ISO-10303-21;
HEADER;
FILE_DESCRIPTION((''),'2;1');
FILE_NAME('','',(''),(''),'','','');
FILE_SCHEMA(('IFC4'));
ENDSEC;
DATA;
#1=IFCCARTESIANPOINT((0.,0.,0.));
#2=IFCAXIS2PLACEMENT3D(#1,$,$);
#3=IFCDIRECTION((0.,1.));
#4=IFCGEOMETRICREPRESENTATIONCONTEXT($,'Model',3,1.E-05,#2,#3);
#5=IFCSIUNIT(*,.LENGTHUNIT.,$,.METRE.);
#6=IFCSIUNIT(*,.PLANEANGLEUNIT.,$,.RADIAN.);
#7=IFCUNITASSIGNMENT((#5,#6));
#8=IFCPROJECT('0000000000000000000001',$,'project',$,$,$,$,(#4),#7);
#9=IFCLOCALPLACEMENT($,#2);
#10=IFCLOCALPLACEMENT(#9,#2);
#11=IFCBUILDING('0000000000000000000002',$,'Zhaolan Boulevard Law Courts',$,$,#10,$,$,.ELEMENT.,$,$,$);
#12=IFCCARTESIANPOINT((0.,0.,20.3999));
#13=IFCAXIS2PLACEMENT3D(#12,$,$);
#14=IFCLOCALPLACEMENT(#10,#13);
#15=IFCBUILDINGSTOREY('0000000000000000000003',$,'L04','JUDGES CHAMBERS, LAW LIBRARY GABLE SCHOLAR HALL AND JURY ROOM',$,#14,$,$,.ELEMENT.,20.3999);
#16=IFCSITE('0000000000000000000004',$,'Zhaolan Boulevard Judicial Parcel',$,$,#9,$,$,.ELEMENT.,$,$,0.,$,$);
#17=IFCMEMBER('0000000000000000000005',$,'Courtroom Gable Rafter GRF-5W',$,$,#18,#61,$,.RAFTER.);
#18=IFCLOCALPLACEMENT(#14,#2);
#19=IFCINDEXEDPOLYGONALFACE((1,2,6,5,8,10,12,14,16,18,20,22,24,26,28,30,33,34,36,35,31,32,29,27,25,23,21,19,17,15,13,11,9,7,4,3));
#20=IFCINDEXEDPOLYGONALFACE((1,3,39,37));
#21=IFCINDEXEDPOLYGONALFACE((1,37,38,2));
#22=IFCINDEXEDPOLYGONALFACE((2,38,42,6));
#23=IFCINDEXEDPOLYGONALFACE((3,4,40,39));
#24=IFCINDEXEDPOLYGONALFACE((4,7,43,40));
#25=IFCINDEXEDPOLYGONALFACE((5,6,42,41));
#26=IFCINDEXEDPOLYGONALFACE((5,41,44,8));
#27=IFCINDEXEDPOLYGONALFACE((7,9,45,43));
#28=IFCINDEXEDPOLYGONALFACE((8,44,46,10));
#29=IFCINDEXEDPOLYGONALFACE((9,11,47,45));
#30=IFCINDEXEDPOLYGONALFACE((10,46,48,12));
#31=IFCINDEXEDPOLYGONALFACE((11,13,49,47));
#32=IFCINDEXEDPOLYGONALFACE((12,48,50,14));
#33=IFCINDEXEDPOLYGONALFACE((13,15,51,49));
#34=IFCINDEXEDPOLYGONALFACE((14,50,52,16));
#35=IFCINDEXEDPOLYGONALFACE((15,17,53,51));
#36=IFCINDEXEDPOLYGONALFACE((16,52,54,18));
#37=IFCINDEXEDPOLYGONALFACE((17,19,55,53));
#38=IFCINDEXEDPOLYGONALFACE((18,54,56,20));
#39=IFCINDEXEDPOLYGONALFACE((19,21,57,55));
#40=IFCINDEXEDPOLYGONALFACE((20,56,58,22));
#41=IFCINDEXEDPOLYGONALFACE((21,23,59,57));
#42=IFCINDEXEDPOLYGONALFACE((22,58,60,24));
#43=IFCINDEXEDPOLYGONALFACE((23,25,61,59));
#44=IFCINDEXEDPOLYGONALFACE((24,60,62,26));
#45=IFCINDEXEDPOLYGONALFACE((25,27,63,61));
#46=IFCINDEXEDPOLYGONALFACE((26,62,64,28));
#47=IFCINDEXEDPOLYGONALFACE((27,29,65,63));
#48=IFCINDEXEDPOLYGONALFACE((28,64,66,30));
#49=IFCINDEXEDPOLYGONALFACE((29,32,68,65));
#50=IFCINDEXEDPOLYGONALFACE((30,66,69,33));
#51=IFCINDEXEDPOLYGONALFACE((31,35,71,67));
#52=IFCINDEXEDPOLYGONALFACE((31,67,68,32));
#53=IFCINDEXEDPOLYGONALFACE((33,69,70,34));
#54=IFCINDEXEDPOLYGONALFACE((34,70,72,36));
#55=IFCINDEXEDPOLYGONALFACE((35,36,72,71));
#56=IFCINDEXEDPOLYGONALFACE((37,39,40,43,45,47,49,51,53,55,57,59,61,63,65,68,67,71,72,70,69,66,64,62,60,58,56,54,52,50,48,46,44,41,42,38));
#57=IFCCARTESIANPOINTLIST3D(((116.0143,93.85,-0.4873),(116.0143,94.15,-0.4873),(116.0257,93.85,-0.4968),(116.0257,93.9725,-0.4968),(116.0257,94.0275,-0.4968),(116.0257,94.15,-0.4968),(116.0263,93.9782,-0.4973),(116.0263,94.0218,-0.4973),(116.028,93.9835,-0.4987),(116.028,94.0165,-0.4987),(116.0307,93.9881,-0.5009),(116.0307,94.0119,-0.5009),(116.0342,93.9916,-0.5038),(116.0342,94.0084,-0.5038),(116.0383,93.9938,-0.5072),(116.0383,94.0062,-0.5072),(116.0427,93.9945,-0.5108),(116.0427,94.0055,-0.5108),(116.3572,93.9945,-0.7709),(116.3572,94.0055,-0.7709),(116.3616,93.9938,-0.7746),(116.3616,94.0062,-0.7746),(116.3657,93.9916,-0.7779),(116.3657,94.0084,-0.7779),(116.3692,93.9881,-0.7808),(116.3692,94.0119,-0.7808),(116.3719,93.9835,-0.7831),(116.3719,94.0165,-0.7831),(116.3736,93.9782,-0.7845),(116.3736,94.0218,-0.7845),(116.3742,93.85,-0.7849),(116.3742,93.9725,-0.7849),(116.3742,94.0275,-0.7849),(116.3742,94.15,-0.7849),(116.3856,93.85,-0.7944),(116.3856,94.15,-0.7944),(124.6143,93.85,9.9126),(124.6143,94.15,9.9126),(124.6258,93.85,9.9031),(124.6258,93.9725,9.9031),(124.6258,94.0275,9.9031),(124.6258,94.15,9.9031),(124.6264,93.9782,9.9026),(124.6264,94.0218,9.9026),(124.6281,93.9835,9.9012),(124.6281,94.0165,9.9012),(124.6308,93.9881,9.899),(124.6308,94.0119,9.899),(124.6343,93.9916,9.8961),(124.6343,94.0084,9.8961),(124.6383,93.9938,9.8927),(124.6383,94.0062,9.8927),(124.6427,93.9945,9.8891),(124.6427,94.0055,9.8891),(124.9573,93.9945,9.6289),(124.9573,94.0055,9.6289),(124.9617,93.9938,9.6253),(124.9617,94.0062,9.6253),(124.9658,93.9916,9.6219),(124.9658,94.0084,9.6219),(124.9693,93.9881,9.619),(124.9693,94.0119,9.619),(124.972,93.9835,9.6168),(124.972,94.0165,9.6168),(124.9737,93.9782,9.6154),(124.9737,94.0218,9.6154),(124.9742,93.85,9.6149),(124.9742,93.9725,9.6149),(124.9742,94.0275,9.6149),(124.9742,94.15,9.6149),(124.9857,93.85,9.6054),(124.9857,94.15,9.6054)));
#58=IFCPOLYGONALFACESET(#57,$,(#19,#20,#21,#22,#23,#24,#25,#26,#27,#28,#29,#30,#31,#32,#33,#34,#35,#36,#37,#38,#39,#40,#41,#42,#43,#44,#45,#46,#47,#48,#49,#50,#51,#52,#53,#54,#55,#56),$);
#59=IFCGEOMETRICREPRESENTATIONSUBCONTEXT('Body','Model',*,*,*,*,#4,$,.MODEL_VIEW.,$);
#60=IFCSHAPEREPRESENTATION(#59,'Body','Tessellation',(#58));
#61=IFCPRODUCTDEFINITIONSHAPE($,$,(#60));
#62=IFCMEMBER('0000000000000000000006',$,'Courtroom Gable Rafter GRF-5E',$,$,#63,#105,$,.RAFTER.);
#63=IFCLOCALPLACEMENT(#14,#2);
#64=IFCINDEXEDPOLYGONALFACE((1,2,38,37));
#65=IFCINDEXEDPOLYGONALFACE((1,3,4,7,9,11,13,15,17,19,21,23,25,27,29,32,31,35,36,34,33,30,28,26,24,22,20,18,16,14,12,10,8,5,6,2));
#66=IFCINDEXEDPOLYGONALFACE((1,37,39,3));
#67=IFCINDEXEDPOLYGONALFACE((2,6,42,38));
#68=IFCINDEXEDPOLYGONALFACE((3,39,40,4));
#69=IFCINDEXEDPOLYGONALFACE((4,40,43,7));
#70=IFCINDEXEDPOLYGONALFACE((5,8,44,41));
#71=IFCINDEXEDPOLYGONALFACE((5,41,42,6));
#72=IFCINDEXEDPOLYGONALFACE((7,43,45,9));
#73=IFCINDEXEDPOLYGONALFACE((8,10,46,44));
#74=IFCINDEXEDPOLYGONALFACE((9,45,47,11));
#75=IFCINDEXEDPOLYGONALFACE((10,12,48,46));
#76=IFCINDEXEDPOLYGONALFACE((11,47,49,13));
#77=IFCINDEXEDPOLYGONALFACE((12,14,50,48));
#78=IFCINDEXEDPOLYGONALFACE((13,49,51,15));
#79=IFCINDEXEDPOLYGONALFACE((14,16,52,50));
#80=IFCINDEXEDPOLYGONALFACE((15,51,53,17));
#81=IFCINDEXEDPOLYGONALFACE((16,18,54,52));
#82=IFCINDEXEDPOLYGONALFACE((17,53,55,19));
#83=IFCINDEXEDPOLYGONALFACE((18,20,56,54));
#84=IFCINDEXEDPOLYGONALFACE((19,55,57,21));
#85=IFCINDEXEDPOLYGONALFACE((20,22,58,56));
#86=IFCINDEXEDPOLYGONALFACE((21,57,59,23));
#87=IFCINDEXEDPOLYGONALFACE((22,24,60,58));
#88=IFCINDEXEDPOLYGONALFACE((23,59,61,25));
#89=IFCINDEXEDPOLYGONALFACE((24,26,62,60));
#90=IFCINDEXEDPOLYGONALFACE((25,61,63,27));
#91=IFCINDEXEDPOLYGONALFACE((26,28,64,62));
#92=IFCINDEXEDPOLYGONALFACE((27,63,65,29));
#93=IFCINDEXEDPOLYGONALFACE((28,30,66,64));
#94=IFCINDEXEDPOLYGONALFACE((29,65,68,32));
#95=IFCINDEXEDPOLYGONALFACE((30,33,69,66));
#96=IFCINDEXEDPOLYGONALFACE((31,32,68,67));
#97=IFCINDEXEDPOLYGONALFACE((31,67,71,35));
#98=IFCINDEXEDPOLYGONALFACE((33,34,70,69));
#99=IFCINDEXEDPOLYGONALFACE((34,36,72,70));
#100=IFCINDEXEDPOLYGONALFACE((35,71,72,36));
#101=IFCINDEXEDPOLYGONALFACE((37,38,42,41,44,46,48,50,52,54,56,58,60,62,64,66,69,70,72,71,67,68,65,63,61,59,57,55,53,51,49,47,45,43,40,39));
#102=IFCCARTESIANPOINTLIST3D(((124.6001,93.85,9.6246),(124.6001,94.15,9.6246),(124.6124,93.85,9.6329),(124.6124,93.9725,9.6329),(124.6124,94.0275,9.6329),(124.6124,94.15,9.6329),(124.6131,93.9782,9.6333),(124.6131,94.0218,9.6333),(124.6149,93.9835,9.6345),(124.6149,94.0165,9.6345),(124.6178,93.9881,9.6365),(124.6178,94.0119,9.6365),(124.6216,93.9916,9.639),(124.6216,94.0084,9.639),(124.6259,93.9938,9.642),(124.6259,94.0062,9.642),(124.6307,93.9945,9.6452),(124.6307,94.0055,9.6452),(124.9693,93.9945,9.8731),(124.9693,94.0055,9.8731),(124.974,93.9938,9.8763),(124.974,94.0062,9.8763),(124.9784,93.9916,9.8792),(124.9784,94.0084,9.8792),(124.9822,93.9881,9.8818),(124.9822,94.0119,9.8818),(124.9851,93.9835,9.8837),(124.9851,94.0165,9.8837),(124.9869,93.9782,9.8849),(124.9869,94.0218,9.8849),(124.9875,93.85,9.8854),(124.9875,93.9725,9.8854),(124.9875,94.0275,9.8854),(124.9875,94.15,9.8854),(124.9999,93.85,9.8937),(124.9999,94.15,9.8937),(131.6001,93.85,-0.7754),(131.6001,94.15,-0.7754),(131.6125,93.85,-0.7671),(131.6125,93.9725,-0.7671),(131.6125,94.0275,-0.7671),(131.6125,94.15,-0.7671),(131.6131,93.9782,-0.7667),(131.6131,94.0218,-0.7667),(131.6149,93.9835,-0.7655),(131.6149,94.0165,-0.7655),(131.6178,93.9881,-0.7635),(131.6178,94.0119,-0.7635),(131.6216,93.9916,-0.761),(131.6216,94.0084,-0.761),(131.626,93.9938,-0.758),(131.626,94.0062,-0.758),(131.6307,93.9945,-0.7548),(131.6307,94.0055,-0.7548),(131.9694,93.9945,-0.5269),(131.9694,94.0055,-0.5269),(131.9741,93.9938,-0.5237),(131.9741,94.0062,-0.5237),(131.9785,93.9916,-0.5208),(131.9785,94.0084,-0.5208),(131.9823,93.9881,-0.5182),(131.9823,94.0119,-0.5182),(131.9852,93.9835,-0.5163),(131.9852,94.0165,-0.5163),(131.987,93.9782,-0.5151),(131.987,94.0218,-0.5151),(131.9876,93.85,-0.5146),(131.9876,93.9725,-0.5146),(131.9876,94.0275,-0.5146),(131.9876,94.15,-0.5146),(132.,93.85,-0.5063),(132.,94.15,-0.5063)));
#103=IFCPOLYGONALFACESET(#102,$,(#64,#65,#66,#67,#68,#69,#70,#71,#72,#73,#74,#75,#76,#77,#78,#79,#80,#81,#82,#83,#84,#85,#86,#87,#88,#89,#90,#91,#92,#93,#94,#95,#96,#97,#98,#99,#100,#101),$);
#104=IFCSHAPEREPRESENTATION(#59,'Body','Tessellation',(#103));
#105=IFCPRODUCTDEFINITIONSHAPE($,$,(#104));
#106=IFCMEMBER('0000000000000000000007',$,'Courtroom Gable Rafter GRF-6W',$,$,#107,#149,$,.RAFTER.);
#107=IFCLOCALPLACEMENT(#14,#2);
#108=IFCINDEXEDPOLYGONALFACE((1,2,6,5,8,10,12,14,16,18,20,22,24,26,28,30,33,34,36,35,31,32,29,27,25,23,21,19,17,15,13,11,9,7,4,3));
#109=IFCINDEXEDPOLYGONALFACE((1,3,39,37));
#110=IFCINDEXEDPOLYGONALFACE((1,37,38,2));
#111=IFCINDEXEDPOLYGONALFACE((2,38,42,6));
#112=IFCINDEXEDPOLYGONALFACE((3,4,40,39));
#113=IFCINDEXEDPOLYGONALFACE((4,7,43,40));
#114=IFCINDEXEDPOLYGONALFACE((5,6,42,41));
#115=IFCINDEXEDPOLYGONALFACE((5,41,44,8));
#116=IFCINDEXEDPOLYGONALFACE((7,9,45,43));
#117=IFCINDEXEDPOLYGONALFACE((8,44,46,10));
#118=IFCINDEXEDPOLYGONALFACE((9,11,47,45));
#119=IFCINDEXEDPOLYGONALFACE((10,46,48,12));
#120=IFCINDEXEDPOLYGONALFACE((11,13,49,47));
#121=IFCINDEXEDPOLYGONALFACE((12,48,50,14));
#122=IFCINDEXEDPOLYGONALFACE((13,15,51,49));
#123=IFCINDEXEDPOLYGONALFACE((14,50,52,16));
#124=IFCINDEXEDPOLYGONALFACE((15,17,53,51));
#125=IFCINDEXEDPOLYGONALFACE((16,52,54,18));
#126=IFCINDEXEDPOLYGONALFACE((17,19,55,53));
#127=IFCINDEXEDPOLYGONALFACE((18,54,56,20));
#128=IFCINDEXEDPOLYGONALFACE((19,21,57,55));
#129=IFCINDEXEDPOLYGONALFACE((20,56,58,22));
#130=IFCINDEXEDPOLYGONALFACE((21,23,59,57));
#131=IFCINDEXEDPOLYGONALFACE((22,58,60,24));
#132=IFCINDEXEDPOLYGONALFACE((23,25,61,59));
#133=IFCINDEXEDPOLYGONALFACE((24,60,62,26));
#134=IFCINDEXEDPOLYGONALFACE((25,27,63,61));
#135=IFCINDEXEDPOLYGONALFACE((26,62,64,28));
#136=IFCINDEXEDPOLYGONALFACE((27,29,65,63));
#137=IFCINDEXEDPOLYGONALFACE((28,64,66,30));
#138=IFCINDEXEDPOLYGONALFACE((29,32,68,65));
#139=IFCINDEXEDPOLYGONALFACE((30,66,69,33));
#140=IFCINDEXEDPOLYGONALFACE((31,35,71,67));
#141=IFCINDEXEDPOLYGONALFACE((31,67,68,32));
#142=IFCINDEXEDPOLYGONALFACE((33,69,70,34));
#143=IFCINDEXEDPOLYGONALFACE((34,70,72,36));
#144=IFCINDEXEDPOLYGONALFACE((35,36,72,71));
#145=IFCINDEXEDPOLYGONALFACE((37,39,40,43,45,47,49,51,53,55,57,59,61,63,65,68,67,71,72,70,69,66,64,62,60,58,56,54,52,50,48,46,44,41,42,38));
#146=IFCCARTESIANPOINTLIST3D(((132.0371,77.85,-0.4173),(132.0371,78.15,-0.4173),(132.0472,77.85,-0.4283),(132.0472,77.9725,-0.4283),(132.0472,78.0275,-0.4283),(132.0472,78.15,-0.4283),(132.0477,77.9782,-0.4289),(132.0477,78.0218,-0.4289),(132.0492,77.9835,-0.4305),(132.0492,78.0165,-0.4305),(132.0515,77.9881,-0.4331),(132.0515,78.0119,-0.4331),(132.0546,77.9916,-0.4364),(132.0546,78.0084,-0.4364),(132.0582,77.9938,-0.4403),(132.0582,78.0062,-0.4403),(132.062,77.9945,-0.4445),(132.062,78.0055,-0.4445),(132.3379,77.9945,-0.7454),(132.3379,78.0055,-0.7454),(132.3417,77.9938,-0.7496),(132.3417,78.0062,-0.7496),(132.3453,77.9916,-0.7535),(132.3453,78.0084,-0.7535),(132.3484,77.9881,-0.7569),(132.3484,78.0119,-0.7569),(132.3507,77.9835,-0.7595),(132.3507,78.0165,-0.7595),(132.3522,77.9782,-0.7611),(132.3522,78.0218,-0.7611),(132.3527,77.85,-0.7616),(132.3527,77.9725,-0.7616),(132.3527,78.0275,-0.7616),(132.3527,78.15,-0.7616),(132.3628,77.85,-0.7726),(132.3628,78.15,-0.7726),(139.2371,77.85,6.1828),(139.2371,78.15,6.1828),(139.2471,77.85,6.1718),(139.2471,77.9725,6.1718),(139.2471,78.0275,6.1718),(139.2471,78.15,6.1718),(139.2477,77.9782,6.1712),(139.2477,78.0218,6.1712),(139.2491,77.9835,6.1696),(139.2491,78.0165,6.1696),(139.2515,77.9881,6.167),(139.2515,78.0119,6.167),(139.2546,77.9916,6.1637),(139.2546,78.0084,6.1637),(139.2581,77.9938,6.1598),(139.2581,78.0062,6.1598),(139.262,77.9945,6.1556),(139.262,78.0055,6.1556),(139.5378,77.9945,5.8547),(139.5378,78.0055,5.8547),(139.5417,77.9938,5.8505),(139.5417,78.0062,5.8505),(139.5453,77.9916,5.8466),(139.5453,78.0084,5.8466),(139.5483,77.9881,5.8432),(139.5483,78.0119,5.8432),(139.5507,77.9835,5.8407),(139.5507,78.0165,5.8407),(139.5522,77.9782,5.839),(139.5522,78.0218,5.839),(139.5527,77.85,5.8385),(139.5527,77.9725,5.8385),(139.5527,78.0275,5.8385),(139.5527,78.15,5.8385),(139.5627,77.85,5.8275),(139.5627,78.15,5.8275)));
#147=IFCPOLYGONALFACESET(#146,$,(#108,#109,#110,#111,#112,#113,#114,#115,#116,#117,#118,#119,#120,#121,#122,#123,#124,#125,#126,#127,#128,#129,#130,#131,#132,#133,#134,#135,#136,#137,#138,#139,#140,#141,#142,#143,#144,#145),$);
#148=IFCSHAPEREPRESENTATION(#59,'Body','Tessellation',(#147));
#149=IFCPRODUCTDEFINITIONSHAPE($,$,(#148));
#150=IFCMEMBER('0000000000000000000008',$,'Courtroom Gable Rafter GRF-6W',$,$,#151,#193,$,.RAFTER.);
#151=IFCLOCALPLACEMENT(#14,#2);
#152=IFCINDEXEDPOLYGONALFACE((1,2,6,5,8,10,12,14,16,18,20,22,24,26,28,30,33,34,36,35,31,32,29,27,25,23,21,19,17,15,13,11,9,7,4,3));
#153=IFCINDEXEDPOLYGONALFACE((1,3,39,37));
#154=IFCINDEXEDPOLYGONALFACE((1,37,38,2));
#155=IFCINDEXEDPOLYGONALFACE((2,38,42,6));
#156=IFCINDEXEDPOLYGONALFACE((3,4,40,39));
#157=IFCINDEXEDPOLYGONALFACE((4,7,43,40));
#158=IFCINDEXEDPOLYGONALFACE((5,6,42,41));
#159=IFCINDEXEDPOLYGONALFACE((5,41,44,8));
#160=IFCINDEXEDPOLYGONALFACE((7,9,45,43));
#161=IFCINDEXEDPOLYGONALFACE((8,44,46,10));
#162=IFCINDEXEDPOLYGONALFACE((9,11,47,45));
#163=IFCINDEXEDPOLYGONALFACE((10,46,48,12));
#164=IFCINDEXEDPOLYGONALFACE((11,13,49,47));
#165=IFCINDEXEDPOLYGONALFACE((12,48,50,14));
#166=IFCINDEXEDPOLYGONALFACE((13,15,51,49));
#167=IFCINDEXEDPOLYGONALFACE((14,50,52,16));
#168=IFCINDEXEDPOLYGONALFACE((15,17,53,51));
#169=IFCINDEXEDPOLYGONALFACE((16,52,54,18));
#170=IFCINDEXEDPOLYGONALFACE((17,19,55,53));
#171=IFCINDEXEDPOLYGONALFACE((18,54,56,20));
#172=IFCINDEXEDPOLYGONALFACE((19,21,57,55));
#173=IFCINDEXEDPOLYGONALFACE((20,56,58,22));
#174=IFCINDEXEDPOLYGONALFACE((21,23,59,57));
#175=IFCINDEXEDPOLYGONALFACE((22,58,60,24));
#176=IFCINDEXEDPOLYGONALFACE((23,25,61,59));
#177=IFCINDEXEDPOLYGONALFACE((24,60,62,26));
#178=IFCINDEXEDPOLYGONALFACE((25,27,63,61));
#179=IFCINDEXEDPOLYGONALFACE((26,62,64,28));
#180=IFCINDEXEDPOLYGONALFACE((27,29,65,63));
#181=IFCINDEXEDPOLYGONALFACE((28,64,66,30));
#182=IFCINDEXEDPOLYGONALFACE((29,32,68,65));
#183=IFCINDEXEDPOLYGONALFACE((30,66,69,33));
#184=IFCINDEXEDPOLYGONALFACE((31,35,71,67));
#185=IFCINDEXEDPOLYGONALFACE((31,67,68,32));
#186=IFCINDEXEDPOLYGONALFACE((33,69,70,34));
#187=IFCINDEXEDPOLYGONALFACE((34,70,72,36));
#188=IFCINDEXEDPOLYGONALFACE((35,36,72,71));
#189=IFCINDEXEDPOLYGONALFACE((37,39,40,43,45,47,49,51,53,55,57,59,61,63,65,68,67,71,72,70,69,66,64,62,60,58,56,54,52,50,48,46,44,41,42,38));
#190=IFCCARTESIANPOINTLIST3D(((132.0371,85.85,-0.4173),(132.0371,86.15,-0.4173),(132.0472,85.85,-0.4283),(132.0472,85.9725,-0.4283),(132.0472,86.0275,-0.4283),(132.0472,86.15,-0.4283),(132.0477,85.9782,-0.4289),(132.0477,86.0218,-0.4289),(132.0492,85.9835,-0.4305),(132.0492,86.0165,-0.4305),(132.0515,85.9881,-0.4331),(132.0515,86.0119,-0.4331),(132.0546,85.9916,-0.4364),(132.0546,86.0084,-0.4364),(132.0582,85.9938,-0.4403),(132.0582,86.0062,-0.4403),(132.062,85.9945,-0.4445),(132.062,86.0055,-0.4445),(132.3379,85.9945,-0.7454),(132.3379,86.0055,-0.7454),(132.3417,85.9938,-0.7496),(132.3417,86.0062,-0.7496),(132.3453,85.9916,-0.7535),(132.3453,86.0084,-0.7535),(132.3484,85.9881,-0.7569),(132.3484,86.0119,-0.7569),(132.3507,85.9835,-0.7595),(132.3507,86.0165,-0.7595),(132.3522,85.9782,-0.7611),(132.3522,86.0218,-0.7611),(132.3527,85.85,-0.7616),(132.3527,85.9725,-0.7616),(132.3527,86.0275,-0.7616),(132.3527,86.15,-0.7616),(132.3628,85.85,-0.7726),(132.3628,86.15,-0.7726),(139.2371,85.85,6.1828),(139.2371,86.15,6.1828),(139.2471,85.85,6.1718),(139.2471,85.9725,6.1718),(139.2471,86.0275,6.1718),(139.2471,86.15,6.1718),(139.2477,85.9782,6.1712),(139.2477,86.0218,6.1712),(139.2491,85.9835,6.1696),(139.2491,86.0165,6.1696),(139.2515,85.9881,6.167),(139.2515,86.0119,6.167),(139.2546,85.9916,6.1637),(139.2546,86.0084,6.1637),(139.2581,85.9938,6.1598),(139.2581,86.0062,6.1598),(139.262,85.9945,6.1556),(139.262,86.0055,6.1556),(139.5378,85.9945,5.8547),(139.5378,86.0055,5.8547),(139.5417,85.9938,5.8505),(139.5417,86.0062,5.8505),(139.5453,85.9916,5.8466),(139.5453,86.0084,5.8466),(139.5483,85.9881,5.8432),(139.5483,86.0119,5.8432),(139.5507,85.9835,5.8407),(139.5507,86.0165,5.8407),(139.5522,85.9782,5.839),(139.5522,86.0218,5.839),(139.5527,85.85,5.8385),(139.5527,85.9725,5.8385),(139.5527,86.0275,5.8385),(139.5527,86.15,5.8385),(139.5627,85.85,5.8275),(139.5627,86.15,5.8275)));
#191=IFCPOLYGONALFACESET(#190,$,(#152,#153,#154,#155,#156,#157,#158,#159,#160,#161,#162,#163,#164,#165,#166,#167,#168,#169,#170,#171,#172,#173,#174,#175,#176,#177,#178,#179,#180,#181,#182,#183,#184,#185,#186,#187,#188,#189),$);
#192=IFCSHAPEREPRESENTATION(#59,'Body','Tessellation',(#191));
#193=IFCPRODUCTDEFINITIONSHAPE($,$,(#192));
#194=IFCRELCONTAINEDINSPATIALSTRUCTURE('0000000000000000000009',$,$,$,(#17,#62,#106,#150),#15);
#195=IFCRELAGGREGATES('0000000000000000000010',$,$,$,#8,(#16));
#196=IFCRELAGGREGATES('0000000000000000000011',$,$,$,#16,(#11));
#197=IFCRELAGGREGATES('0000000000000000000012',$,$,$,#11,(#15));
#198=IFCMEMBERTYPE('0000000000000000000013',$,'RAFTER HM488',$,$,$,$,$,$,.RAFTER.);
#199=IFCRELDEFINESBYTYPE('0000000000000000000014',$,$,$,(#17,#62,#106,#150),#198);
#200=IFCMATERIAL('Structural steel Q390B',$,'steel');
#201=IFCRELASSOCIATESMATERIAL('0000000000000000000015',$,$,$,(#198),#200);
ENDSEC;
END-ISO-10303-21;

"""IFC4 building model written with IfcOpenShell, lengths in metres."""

from ifc_helpers import new_model, si_unit, direction, frame, origin, origin_2d, place, context, subcontext, project, spatial, i_section, extrude, material, material_profile, profile_set, type_object, element, save


model = new_model("IFC4")

# Units and contexts
model_context = context("Model", 3, precision=1e-05, world=origin(), true_north=direction((0.0, 1.0)))
body_context = subcontext(model_context, "Body", "Model", "MODEL_VIEW")
ifc_project = project(units=[si_unit("LENGTHUNIT", "METRE"), si_unit("PLANEANGLEUNIT", "RADIAN")], contexts=[model_context])

# Site, building, storey
site_placement = place(None, origin())
site = spatial("IfcSite", under=ifc_project, at=site_placement, Name="Zhaolan Boulevard Judicial Parcel", CompositionType="ELEMENT", RefElevation=0.0)
building_placement = place(site_placement, origin())
building = spatial("IfcBuilding", under=site, at=building_placement, Name="Zhaolan Boulevard Law Courts", CompositionType="ELEMENT")
storey_placement = place(building_placement, frame((0.0, 0.0, 20.3999)))
storey = spatial("IfcBuildingStorey", under=building, at=storey_placement, Name="L04", Description="JUDGES CHAMBERS, LAW LIBRARY GABLE SCHOLAR HALL AND JURY ROOM", CompositionType="ELEMENT", Elevation=20.3999)

# Members
ifc_material_1 = material(Name="Structural steel Q390B", Category="steel")
ifc_material_profile = material_profile(ifc_material_1, i_section(OverallWidth=0.3, OverallDepth=0.4819, WebThickness=0.011, FlangeThickness=0.0149, FilletRadius=0.022, at=origin_2d()), Name="HM482x300")
ifc_profile_set = profile_set([ifc_material_profile], Name="Structural steel Q390B")
member_type = type_object("IfcMemberType", Name="RAFTER HM488", PredefinedType="RAFTER", material=ifc_profile_set)
member_1_placement = place(storey_placement, frame((116.2, 94.0, -0.6409), z_axis=(0.637272, 0.0, 0.770639), x_axis=(0.0, 1.0, 0.0)))
element("IfcMember", 1, at=member_1_placement, inside=storey, type_object=member_type, Name="Courtroom Gable Rafter GRF-5W", PredefinedType="RAFTER", context=body_context, shape_type="SweptSolid", body=[
    extrude(i_section(OverallWidth=0.3, OverallDepth=0.4819, WebThickness=0.011, FlangeThickness=0.0149, FilletRadius=0.022, at=origin_2d()), origin(), (0.0, 0.0, 1.0), 13.4951),
])
member_2_placement = place(storey_placement, frame((131.8, 94.0, -0.6409), z_axis=(-0.55838, 0.0, 0.829585), x_axis=(0.0, -1.0, 0.0)))
element("IfcMember", 2, at=member_2_placement, inside=storey, type_object=member_type, Name="Courtroom Gable Rafter GRF-5E", PredefinedType="RAFTER", context=body_context, shape_type="SweptSolid", body=[
    extrude(i_section(OverallWidth=0.3, OverallDepth=0.4819, WebThickness=0.011, FlangeThickness=0.0149, FilletRadius=0.022, at=origin_2d()), origin(), (0.0, 0.0, 1.0), 12.5364),
])
for number, where, z_axis, x_axis, name in (
    (3, (132.2, 78.0, -0.595), (0.737147, 0.0, 0.675733), (0.0, 1.0, 0.0), "Courtroom Gable Rafter GRF-6W"),
    (4, (132.2, 86.0, -0.595), (0.737147, 0.0, 0.675733), (0.0, 1.0, 0.0), "Courtroom Gable Rafter GRF-6W"),
):
    element("IfcMember", number, at=place(storey_placement, frame(where, z_axis=z_axis, x_axis=x_axis)), inside=storey, type_object=member_type, Name=name, PredefinedType="RAFTER", context=body_context, shape_type="SweptSolid", body=[
        extrude(i_section(OverallWidth=0.3, OverallDepth=0.4819, WebThickness=0.011, FlangeThickness=0.0149, FilletRadius=0.022, at=origin_2d()), origin(), (0.0, 0.0, 1.0), 9.7673),
    ])

save(model, "model.ifc")
